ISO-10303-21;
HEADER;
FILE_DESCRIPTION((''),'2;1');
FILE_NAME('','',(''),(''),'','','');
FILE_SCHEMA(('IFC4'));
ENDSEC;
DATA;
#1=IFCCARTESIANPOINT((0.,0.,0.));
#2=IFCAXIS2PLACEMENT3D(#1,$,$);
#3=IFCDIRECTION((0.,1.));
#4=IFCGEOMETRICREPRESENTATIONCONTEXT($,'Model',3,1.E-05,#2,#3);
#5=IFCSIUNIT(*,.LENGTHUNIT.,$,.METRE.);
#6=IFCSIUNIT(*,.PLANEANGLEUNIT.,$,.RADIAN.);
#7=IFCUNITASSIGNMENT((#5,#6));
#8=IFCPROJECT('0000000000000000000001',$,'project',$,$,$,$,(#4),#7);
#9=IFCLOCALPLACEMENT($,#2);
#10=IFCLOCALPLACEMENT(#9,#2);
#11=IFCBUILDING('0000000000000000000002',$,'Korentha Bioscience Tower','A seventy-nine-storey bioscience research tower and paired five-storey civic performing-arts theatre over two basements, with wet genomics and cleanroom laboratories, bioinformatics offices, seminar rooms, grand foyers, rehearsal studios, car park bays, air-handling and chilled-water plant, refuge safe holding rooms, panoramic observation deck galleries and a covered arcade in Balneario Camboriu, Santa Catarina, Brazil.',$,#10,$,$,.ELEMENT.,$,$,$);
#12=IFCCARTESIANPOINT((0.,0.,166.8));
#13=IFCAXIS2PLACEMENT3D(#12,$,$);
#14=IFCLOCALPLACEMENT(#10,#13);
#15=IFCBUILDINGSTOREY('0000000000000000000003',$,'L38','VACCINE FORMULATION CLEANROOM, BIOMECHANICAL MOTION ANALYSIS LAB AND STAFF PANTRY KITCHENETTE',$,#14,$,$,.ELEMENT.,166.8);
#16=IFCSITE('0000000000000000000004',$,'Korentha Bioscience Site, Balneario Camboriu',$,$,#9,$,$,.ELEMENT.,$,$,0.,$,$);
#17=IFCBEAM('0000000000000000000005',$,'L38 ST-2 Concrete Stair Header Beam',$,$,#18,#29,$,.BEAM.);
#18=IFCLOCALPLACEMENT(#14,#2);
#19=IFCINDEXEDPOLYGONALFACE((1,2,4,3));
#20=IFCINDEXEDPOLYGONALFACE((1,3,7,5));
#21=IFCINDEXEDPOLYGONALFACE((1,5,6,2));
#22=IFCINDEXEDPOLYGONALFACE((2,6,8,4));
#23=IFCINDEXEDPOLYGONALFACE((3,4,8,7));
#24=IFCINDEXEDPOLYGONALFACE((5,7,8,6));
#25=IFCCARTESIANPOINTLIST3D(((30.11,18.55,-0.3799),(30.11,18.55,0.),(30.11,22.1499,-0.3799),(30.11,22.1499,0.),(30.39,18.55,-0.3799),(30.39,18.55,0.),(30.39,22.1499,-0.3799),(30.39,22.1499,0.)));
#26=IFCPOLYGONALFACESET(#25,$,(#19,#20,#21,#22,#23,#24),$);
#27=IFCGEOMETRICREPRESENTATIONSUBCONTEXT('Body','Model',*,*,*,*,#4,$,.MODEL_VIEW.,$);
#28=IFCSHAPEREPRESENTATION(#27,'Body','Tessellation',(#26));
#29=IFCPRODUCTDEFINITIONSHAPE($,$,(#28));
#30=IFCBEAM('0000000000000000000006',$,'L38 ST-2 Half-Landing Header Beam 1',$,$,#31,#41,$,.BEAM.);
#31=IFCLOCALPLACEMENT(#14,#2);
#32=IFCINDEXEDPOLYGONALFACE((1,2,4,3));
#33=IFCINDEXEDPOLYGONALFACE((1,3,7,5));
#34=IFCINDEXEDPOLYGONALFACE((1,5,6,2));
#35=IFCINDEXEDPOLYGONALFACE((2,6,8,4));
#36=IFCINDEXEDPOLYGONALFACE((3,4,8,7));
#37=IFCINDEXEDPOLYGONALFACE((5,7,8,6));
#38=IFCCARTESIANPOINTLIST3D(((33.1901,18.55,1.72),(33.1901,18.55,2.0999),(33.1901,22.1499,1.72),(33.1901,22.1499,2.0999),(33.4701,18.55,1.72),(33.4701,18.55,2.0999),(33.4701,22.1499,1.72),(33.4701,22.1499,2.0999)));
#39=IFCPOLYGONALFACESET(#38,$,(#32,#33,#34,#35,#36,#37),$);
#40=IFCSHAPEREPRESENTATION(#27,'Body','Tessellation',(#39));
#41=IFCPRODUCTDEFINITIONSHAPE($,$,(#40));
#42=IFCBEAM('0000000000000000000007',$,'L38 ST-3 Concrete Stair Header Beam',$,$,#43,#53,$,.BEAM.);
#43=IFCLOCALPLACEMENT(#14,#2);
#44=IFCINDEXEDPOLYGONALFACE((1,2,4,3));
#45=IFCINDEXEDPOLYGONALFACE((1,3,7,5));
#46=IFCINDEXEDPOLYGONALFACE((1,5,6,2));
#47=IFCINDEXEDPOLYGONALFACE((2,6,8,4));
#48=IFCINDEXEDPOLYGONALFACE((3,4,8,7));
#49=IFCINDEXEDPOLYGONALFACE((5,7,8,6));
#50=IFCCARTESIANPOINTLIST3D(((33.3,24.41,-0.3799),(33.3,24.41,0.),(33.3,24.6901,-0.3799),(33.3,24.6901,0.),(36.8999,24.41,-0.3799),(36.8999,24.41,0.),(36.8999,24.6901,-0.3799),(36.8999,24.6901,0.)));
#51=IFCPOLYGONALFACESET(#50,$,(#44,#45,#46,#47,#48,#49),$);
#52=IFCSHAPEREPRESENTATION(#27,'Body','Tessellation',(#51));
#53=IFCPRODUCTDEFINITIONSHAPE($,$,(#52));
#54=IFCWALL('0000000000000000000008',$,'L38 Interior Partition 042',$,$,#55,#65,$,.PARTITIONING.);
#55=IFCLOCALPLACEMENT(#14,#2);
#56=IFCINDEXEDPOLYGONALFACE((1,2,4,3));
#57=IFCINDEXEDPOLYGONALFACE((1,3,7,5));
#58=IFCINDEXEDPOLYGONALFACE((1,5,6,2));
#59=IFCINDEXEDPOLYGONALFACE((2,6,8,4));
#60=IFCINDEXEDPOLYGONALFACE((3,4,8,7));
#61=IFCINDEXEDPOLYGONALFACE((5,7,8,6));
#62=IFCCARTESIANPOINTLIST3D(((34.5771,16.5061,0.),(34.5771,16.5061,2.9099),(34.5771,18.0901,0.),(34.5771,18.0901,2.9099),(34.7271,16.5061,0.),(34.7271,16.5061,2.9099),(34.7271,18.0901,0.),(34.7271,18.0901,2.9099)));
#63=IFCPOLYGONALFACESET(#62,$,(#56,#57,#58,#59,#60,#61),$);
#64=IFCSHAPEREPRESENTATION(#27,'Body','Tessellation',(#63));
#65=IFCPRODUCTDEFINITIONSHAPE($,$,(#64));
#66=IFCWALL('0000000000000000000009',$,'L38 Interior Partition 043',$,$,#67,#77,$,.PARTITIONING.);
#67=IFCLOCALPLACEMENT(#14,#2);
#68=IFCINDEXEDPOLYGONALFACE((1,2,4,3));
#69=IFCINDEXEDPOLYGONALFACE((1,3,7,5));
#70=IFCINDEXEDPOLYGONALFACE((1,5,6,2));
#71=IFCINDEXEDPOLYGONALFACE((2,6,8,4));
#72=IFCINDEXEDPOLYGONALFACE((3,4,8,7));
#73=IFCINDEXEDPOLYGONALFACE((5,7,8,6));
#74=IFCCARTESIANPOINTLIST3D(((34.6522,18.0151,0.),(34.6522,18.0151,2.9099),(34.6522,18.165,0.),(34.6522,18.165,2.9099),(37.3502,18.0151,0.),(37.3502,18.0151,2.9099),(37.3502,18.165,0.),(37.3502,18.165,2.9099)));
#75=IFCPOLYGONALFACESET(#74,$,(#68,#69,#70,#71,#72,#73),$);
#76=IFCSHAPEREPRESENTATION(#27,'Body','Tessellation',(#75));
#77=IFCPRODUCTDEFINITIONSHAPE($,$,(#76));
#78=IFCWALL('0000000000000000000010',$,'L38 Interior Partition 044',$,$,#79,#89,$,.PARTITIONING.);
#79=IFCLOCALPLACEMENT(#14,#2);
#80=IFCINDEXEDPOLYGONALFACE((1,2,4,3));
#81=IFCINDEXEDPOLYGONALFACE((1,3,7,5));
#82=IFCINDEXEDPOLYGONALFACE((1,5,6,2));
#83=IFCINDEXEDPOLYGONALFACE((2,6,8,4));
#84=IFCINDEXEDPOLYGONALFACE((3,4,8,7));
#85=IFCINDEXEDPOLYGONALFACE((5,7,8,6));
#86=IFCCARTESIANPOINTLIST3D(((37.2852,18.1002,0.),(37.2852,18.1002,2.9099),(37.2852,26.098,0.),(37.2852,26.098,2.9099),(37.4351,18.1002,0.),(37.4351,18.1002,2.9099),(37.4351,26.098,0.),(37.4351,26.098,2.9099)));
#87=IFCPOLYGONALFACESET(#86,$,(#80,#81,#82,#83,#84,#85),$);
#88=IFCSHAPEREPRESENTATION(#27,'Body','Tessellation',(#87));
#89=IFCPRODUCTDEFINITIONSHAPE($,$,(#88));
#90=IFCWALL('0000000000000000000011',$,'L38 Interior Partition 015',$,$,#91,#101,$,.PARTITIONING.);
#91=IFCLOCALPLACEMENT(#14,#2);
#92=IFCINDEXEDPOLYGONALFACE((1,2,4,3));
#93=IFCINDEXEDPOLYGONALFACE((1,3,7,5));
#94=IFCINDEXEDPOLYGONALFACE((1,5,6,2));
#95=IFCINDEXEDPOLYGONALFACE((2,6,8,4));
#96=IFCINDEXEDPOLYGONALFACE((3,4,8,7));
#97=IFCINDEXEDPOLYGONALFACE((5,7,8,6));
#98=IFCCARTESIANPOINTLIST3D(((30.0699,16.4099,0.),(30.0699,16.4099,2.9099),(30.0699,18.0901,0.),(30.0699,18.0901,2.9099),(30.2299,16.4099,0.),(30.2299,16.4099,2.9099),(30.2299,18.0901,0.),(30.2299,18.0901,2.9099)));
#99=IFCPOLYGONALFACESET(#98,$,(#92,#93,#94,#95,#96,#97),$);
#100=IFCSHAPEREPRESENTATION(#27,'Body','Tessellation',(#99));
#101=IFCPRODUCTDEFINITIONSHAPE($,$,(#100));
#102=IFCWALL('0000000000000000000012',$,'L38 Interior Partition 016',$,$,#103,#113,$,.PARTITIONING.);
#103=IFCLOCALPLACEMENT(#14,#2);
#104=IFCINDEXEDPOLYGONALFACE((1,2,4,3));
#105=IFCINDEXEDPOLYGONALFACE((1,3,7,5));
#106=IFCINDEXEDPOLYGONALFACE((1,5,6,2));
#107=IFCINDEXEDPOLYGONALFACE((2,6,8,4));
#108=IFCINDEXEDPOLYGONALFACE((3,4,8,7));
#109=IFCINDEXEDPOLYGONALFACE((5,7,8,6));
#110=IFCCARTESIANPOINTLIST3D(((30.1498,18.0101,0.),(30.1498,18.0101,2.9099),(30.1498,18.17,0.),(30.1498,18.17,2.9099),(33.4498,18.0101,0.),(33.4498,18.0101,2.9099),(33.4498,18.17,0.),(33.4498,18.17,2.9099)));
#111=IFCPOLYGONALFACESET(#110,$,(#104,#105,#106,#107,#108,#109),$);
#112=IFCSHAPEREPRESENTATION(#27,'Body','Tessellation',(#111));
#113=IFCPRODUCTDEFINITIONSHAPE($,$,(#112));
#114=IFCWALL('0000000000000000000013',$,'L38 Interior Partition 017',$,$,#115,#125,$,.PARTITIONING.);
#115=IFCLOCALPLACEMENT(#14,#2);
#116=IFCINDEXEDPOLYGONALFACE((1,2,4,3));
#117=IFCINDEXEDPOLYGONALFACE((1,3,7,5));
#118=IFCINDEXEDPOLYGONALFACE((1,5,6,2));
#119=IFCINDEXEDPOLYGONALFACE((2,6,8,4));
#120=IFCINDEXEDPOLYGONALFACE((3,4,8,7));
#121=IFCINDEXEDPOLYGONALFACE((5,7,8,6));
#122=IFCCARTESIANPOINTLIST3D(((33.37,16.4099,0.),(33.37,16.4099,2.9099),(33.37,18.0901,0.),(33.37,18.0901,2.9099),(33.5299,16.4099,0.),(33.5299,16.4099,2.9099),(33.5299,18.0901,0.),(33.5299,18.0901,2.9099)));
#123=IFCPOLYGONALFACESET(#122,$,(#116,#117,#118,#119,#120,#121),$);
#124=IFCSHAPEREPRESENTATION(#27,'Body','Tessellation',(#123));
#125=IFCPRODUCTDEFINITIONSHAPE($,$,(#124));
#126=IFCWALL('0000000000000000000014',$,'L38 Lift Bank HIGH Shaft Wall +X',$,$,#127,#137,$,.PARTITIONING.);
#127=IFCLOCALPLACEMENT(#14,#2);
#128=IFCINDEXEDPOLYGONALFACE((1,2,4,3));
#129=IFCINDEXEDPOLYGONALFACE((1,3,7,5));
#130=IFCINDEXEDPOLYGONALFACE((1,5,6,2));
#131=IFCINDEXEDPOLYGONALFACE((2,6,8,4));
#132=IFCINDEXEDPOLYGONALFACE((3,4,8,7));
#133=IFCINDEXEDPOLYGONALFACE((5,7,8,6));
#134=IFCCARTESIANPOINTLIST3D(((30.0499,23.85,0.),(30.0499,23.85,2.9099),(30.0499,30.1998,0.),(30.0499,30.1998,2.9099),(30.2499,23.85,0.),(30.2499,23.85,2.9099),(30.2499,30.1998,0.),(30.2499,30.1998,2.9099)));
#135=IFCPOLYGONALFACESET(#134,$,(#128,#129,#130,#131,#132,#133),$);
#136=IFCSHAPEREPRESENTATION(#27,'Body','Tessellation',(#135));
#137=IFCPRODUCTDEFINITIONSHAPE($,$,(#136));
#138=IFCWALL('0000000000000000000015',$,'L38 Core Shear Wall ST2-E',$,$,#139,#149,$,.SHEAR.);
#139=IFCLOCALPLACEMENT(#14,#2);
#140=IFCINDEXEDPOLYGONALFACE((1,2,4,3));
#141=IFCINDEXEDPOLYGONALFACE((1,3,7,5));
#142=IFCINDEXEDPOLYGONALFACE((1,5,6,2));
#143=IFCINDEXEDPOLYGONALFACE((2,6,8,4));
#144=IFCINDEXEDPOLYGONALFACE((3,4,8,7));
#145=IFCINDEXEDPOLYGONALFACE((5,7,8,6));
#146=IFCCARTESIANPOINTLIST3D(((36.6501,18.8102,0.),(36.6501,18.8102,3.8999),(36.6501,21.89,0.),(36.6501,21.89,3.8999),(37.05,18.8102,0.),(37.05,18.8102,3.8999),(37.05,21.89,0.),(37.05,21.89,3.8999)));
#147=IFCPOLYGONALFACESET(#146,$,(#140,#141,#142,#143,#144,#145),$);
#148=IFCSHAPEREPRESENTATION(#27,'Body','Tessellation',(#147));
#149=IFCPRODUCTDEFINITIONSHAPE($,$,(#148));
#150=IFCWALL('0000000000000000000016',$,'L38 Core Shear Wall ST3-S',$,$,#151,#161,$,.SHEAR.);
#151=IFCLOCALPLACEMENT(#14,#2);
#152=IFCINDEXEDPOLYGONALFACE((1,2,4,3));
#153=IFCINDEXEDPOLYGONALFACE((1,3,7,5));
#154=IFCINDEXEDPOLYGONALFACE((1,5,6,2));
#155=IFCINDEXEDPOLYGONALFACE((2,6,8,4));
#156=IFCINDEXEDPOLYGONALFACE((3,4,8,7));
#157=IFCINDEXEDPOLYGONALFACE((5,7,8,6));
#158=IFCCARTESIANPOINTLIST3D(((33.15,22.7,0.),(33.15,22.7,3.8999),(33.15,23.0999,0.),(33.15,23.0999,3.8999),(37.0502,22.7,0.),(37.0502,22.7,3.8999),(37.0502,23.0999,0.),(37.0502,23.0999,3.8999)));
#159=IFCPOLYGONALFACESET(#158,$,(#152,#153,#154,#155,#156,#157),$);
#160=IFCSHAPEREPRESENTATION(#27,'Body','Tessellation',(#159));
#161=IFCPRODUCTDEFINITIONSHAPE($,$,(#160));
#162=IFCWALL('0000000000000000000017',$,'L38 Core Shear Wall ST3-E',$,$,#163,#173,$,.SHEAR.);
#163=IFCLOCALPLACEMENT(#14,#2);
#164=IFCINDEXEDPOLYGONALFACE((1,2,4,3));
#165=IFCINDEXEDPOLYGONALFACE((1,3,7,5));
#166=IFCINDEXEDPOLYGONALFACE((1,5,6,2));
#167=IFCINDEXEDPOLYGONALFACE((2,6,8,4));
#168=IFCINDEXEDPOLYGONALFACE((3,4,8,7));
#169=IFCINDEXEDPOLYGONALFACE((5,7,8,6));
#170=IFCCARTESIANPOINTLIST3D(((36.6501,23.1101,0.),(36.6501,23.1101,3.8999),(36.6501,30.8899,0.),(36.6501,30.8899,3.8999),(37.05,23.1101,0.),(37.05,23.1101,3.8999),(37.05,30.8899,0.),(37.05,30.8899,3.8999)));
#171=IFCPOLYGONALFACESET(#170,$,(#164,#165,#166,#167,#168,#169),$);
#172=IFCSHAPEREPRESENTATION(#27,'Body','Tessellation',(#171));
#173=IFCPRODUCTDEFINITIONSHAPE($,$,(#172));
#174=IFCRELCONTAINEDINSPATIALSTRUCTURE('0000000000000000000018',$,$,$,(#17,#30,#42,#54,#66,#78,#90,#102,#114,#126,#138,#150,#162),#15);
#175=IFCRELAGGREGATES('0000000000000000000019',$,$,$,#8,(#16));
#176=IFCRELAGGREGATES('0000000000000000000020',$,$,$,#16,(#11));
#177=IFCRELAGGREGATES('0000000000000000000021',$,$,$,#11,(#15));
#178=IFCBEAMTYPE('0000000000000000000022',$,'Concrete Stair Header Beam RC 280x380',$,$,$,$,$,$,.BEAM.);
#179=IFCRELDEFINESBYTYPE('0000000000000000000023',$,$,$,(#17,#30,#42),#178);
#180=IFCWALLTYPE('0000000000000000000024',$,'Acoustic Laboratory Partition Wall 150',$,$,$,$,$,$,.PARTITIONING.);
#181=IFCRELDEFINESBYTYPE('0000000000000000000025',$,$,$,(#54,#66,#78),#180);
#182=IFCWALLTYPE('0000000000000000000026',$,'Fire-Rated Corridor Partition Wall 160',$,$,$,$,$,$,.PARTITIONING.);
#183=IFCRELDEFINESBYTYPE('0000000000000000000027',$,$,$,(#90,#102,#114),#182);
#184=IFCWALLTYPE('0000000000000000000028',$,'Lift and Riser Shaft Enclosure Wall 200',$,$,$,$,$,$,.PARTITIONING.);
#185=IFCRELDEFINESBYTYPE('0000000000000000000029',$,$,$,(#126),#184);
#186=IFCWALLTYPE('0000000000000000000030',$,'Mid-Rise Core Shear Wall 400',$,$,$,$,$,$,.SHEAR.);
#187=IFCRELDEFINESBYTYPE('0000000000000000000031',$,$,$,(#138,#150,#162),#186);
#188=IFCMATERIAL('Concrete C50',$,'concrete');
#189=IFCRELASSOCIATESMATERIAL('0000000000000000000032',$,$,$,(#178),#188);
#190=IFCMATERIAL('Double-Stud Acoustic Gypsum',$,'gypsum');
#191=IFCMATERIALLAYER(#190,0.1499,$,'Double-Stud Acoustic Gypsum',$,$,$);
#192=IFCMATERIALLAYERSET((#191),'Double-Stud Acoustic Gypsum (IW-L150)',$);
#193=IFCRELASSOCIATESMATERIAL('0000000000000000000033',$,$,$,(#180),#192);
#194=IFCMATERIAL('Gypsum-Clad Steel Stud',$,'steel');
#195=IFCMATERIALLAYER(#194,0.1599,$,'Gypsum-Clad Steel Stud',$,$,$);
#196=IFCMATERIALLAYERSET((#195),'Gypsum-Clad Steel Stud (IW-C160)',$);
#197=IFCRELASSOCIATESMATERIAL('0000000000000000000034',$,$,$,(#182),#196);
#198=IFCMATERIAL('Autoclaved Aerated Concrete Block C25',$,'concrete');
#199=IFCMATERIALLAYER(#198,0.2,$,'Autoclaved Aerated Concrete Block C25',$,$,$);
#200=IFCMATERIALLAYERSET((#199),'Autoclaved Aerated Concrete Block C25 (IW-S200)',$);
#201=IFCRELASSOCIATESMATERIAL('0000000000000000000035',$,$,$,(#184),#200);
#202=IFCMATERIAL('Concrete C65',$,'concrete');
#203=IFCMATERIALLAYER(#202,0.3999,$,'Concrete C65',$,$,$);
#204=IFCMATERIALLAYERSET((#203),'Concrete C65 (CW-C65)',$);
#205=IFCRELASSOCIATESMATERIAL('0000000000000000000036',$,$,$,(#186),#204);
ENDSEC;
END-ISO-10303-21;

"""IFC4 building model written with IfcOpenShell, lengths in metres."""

from ifc_helpers import new_model, si_unit, direction, frame, frame_2d, origin, origin_2d, place, context, subcontext, project, spatial, rectangle, extrude, material, layer, layer_set, material_profile, profile_set, type_object, element, save


model = new_model("IFC4")

# Units and contexts
model_context = context("Model", 3, precision=1e-05, world=origin(), true_north=direction((0.0, 1.0)))
body_context = subcontext(model_context, "Body", "Model", "MODEL_VIEW")
ifc_project = project(units=[si_unit("LENGTHUNIT", "METRE"), si_unit("PLANEANGLEUNIT", "RADIAN")], contexts=[model_context])

# Site, building, storey
site_placement = place(None, origin())
site = spatial("IfcSite", under=ifc_project, at=site_placement, Name="Korentha Bioscience Site, Balneario Camboriu", CompositionType="ELEMENT", RefElevation=0.0)
building_placement = place(site_placement, origin())
building = spatial("IfcBuilding", under=site, at=building_placement, Name="Korentha Bioscience Tower", Description="A seventy-nine-storey bioscience research tower and paired five-storey civic performing-arts theatre over two basements, with wet genomics and cleanroom laboratories, bioinformatics offices, seminar rooms, grand foyers, rehearsal studios, car park bays, air-handling and chilled-water plant, refuge safe holding rooms, panoramic observation deck galleries and a covered arcade in Balneario Camboriu, Santa Catarina, Brazil.", CompositionType="ELEMENT")
storey_placement = place(building_placement, frame((0.0, 0.0, 166.8)))
storey = spatial("IfcBuildingStorey", under=building, at=storey_placement, Name="L38", Description="VACCINE FORMULATION CLEANROOM, BIOMECHANICAL MOTION ANALYSIS LAB AND STAFF PANTRY KITCHENETTE", CompositionType="ELEMENT", Elevation=166.8)

# Beams
ifc_material_1 = material(Name="Concrete C50", Category="concrete")
ifc_material_profile = material_profile(ifc_material_1, rectangle(XDim=0.28, YDim=0.3799, at=origin_2d()), Name="Concrete C50")
ifc_profile_set = profile_set([ifc_material_profile], Name="Concrete C50 (ST-HB380)")
beam_type = type_object("IfcBeamType", Name="Concrete Stair Header Beam RC 280x380", PredefinedType="BEAM", material=ifc_profile_set)
for number, where, z_axis, x_axis, name in (
    (1, (30.25, 18.55, -0.1899), (0.0, 1.0, 0.0), (-1.0, 0.0, 0.0), "L38 ST-2 Concrete Stair Header Beam"),
    (2, (33.3301, 18.55, 1.9099), (0.0, 1.0, 0.0), (-1.0, 0.0, 0.0), "L38 ST-2 Half-Landing Header Beam 1"),
    (3, (36.8999, 24.55, -0.1899), (-1.0, 0.0, 0.0), (0.0, -1.0, 0.0), "L38 ST-3 Concrete Stair Header Beam"),
):
    element("IfcBeam", number, at=place(storey_placement, frame(where, z_axis=z_axis, x_axis=x_axis)), inside=storey, type_object=beam_type, Name=name, PredefinedType="BEAM", context=body_context, shape_type="SweptSolid", body=[
        extrude(rectangle(XDim=0.28, YDim=0.3799, at=origin_2d()), origin(), (0.0, 0.0, 1.0), 3.5999),
    ])

# Walls
ifc_material_2 = material(Name="Double-Stud Acoustic Gypsum", Category="gypsum")
ifc_layer_1 = layer(ifc_material_2, 0.1499, Name="Double-Stud Acoustic Gypsum")
ifc_layer_set_1 = layer_set([ifc_layer_1], Name="Double-Stud Acoustic Gypsum (IW-L150)")
wall_type_1 = type_object("IfcWallType", Name="Acoustic Laboratory Partition Wall 150", PredefinedType="PARTITIONING", material=ifc_layer_set_1)
wall_1_placement = place(storey_placement, frame((34.6521, 16.5061, 0.0), z_axis=(0.0, 0.0, 1.0), x_axis=(0.0, 1.0, 0.0)))
element("IfcWall", 4, at=wall_1_placement, inside=storey, type_object=wall_type_1, Name="L38 Interior Partition 042", PredefinedType="PARTITIONING", context=body_context, shape_type="SweptSolid", body=[
    extrude(rectangle(XDim=1.584, YDim=0.1499, at=frame_2d((0.792, 0.0))), origin(), (0.0, 0.0, 1.0), 2.9099),
])
wall_2_placement = place(storey_placement, frame((34.6521, 18.0901, 0.0), z_axis=(0.0, 0.0, 1.0), x_axis=(1.0, 0.0, 0.0)))
element("IfcWall", 5, at=wall_2_placement, inside=storey, type_object=wall_type_1, Name="L38 Interior Partition 043", PredefinedType="PARTITIONING", context=body_context, shape_type="SweptSolid", body=[
    extrude(rectangle(XDim=2.698, YDim=0.1499, at=frame_2d((1.3491, 0.0))), origin(), (0.0, 0.0, 1.0), 2.9099),
])
wall_3_placement = place(storey_placement, frame((37.3601, 18.1001, 0.0), z_axis=(0.0, 0.0, 1.0), x_axis=(0.0, 1.0, 0.0)))
element("IfcWall", 6, at=wall_3_placement, inside=storey, type_object=wall_type_1, Name="L38 Interior Partition 044", PredefinedType="PARTITIONING", context=body_context, shape_type="SweptSolid", body=[
    extrude(rectangle(XDim=7.9978, YDim=0.1499, at=frame_2d((3.999, 0.0))), origin(), (0.0, 0.0, 1.0), 2.9099),
])
ifc_material_3 = material(Name="Gypsum-Clad Steel Stud", Category="steel")
ifc_layer_2 = layer(ifc_material_3, 0.1599, Name="Gypsum-Clad Steel Stud")
ifc_layer_set_2 = layer_set([ifc_layer_2], Name="Gypsum-Clad Steel Stud (IW-C160)")
wall_type_2 = type_object("IfcWallType", Name="Fire-Rated Corridor Partition Wall 160", PredefinedType="PARTITIONING", material=ifc_layer_set_2)
wall_4_placement = place(storey_placement, frame((30.1499, 16.4099, 0.0), z_axis=(0.0, 0.0, 1.0), x_axis=(0.0, 1.0, 0.0)))
element("IfcWall", 7, at=wall_4_placement, inside=storey, type_object=wall_type_2, Name="L38 Interior Partition 015", PredefinedType="PARTITIONING", context=body_context, shape_type="SweptSolid", body=[
    extrude(rectangle(XDim=1.6802, YDim=0.1599, at=frame_2d((0.8401, 0.0))), origin(), (0.0, 0.0, 1.0), 2.9099),
])
wall_5_placement = place(storey_placement, frame((30.1499, 18.0901, 0.0), z_axis=(0.0, 0.0, 1.0), x_axis=(1.0, 0.0, 0.0)))
element("IfcWall", 8, at=wall_5_placement, inside=storey, type_object=wall_type_2, Name="L38 Interior Partition 016", PredefinedType="PARTITIONING", context=body_context, shape_type="SweptSolid", body=[
    extrude(rectangle(XDim=3.3, YDim=0.1599, at=frame_2d((1.6499, 0.0))), origin(), (0.0, 0.0, 1.0), 2.9099),
])
wall_6_placement = place(storey_placement, frame((33.45, 18.0901, 0.0), z_axis=(0.0, 0.0, 1.0), x_axis=(0.0, -1.0, 0.0)))
element("IfcWall", 9, at=wall_6_placement, inside=storey, type_object=wall_type_2, Name="L38 Interior Partition 017", PredefinedType="PARTITIONING", context=body_context, shape_type="SweptSolid", body=[
    extrude(rectangle(XDim=1.6802, YDim=0.1599, at=frame_2d((0.8401, 0.0))), origin(), (0.0, 0.0, 1.0), 2.9099),
])
ifc_material_4 = material(Name="Autoclaved Aerated Concrete Block C25", Category="concrete")
ifc_layer_3 = layer(ifc_material_4, 0.2, Name="Autoclaved Aerated Concrete Block C25")
ifc_layer_set_3 = layer_set([ifc_layer_3], Name="Autoclaved Aerated Concrete Block C25 (IW-S200)")
wall_type_3 = type_object("IfcWallType", Name="Lift and Riser Shaft Enclosure Wall 200", PredefinedType="PARTITIONING", material=ifc_layer_set_3)
wall_7_placement = place(storey_placement, frame((30.1499, 23.8501, 0.0), z_axis=(0.0, 0.0, 1.0), x_axis=(0.0, 1.0, 0.0)))
element("IfcWall", 10, at=wall_7_placement, inside=storey, type_object=wall_type_3, Name="L38 Lift Bank HIGH Shaft Wall +X", PredefinedType="PARTITIONING", context=body_context, shape_type="SweptSolid", body=[
    extrude(rectangle(XDim=6.3499, YDim=0.2, at=frame_2d((3.1748, 0.0))), origin(), (0.0, 0.0, 1.0), 2.9099),
])
ifc_material_5 = material(Name="Concrete C65", Category="concrete")
ifc_layer_4 = layer(ifc_material_5, 0.3999, Name="Concrete C65")
ifc_layer_set_4 = layer_set([ifc_layer_4], Name="Concrete C65 (CW-C65)")
wall_type_4 = type_object("IfcWallType", Name="Mid-Rise Core Shear Wall 400", PredefinedType="SHEAR", material=ifc_layer_set_4)
wall_8_placement = place(storey_placement, frame((36.8501, 18.8101, 0.0), z_axis=(0.0, 0.0, 1.0), x_axis=(0.0, 1.0, 0.0)))
element("IfcWall", 11, at=wall_8_placement, inside=storey, type_object=wall_type_4, Name="L38 Core Shear Wall ST2-E", PredefinedType="SHEAR", context=body_context, shape_type="SweptSolid", body=[
    extrude(rectangle(XDim=3.0798, YDim=0.3999, at=frame_2d((1.54, 0.0))), origin(), (0.0, 0.0, 1.0), 3.8999),
])
wall_9_placement = place(storey_placement, frame((33.1499, 22.8999, 0.0), z_axis=(0.0, 0.0, 1.0), x_axis=(1.0, 0.0, 0.0)))
element("IfcWall", 12, at=wall_9_placement, inside=storey, type_object=wall_type_4, Name="L38 Core Shear Wall ST3-S", PredefinedType="SHEAR", context=body_context, shape_type="SweptSolid", body=[
    extrude(rectangle(XDim=3.9001, YDim=0.3999, at=frame_2d((1.9502, 0.0))), origin(), (0.0, 0.0, 1.0), 3.8999),
])
wall_10_placement = place(storey_placement, frame((36.8501, 23.1101, 0.0), z_axis=(0.0, 0.0, 1.0), x_axis=(0.0, 1.0, 0.0)))
element("IfcWall", 13, at=wall_10_placement, inside=storey, type_object=wall_type_4, Name="L38 Core Shear Wall ST3-E", PredefinedType="SHEAR", context=body_context, shape_type="SweptSolid", body=[
    extrude(rectangle(XDim=7.7798, YDim=0.3999, at=frame_2d((3.8899, 0.0))), origin(), (0.0, 0.0, 1.0), 3.8999),
])

save(model, "model.ifc")
